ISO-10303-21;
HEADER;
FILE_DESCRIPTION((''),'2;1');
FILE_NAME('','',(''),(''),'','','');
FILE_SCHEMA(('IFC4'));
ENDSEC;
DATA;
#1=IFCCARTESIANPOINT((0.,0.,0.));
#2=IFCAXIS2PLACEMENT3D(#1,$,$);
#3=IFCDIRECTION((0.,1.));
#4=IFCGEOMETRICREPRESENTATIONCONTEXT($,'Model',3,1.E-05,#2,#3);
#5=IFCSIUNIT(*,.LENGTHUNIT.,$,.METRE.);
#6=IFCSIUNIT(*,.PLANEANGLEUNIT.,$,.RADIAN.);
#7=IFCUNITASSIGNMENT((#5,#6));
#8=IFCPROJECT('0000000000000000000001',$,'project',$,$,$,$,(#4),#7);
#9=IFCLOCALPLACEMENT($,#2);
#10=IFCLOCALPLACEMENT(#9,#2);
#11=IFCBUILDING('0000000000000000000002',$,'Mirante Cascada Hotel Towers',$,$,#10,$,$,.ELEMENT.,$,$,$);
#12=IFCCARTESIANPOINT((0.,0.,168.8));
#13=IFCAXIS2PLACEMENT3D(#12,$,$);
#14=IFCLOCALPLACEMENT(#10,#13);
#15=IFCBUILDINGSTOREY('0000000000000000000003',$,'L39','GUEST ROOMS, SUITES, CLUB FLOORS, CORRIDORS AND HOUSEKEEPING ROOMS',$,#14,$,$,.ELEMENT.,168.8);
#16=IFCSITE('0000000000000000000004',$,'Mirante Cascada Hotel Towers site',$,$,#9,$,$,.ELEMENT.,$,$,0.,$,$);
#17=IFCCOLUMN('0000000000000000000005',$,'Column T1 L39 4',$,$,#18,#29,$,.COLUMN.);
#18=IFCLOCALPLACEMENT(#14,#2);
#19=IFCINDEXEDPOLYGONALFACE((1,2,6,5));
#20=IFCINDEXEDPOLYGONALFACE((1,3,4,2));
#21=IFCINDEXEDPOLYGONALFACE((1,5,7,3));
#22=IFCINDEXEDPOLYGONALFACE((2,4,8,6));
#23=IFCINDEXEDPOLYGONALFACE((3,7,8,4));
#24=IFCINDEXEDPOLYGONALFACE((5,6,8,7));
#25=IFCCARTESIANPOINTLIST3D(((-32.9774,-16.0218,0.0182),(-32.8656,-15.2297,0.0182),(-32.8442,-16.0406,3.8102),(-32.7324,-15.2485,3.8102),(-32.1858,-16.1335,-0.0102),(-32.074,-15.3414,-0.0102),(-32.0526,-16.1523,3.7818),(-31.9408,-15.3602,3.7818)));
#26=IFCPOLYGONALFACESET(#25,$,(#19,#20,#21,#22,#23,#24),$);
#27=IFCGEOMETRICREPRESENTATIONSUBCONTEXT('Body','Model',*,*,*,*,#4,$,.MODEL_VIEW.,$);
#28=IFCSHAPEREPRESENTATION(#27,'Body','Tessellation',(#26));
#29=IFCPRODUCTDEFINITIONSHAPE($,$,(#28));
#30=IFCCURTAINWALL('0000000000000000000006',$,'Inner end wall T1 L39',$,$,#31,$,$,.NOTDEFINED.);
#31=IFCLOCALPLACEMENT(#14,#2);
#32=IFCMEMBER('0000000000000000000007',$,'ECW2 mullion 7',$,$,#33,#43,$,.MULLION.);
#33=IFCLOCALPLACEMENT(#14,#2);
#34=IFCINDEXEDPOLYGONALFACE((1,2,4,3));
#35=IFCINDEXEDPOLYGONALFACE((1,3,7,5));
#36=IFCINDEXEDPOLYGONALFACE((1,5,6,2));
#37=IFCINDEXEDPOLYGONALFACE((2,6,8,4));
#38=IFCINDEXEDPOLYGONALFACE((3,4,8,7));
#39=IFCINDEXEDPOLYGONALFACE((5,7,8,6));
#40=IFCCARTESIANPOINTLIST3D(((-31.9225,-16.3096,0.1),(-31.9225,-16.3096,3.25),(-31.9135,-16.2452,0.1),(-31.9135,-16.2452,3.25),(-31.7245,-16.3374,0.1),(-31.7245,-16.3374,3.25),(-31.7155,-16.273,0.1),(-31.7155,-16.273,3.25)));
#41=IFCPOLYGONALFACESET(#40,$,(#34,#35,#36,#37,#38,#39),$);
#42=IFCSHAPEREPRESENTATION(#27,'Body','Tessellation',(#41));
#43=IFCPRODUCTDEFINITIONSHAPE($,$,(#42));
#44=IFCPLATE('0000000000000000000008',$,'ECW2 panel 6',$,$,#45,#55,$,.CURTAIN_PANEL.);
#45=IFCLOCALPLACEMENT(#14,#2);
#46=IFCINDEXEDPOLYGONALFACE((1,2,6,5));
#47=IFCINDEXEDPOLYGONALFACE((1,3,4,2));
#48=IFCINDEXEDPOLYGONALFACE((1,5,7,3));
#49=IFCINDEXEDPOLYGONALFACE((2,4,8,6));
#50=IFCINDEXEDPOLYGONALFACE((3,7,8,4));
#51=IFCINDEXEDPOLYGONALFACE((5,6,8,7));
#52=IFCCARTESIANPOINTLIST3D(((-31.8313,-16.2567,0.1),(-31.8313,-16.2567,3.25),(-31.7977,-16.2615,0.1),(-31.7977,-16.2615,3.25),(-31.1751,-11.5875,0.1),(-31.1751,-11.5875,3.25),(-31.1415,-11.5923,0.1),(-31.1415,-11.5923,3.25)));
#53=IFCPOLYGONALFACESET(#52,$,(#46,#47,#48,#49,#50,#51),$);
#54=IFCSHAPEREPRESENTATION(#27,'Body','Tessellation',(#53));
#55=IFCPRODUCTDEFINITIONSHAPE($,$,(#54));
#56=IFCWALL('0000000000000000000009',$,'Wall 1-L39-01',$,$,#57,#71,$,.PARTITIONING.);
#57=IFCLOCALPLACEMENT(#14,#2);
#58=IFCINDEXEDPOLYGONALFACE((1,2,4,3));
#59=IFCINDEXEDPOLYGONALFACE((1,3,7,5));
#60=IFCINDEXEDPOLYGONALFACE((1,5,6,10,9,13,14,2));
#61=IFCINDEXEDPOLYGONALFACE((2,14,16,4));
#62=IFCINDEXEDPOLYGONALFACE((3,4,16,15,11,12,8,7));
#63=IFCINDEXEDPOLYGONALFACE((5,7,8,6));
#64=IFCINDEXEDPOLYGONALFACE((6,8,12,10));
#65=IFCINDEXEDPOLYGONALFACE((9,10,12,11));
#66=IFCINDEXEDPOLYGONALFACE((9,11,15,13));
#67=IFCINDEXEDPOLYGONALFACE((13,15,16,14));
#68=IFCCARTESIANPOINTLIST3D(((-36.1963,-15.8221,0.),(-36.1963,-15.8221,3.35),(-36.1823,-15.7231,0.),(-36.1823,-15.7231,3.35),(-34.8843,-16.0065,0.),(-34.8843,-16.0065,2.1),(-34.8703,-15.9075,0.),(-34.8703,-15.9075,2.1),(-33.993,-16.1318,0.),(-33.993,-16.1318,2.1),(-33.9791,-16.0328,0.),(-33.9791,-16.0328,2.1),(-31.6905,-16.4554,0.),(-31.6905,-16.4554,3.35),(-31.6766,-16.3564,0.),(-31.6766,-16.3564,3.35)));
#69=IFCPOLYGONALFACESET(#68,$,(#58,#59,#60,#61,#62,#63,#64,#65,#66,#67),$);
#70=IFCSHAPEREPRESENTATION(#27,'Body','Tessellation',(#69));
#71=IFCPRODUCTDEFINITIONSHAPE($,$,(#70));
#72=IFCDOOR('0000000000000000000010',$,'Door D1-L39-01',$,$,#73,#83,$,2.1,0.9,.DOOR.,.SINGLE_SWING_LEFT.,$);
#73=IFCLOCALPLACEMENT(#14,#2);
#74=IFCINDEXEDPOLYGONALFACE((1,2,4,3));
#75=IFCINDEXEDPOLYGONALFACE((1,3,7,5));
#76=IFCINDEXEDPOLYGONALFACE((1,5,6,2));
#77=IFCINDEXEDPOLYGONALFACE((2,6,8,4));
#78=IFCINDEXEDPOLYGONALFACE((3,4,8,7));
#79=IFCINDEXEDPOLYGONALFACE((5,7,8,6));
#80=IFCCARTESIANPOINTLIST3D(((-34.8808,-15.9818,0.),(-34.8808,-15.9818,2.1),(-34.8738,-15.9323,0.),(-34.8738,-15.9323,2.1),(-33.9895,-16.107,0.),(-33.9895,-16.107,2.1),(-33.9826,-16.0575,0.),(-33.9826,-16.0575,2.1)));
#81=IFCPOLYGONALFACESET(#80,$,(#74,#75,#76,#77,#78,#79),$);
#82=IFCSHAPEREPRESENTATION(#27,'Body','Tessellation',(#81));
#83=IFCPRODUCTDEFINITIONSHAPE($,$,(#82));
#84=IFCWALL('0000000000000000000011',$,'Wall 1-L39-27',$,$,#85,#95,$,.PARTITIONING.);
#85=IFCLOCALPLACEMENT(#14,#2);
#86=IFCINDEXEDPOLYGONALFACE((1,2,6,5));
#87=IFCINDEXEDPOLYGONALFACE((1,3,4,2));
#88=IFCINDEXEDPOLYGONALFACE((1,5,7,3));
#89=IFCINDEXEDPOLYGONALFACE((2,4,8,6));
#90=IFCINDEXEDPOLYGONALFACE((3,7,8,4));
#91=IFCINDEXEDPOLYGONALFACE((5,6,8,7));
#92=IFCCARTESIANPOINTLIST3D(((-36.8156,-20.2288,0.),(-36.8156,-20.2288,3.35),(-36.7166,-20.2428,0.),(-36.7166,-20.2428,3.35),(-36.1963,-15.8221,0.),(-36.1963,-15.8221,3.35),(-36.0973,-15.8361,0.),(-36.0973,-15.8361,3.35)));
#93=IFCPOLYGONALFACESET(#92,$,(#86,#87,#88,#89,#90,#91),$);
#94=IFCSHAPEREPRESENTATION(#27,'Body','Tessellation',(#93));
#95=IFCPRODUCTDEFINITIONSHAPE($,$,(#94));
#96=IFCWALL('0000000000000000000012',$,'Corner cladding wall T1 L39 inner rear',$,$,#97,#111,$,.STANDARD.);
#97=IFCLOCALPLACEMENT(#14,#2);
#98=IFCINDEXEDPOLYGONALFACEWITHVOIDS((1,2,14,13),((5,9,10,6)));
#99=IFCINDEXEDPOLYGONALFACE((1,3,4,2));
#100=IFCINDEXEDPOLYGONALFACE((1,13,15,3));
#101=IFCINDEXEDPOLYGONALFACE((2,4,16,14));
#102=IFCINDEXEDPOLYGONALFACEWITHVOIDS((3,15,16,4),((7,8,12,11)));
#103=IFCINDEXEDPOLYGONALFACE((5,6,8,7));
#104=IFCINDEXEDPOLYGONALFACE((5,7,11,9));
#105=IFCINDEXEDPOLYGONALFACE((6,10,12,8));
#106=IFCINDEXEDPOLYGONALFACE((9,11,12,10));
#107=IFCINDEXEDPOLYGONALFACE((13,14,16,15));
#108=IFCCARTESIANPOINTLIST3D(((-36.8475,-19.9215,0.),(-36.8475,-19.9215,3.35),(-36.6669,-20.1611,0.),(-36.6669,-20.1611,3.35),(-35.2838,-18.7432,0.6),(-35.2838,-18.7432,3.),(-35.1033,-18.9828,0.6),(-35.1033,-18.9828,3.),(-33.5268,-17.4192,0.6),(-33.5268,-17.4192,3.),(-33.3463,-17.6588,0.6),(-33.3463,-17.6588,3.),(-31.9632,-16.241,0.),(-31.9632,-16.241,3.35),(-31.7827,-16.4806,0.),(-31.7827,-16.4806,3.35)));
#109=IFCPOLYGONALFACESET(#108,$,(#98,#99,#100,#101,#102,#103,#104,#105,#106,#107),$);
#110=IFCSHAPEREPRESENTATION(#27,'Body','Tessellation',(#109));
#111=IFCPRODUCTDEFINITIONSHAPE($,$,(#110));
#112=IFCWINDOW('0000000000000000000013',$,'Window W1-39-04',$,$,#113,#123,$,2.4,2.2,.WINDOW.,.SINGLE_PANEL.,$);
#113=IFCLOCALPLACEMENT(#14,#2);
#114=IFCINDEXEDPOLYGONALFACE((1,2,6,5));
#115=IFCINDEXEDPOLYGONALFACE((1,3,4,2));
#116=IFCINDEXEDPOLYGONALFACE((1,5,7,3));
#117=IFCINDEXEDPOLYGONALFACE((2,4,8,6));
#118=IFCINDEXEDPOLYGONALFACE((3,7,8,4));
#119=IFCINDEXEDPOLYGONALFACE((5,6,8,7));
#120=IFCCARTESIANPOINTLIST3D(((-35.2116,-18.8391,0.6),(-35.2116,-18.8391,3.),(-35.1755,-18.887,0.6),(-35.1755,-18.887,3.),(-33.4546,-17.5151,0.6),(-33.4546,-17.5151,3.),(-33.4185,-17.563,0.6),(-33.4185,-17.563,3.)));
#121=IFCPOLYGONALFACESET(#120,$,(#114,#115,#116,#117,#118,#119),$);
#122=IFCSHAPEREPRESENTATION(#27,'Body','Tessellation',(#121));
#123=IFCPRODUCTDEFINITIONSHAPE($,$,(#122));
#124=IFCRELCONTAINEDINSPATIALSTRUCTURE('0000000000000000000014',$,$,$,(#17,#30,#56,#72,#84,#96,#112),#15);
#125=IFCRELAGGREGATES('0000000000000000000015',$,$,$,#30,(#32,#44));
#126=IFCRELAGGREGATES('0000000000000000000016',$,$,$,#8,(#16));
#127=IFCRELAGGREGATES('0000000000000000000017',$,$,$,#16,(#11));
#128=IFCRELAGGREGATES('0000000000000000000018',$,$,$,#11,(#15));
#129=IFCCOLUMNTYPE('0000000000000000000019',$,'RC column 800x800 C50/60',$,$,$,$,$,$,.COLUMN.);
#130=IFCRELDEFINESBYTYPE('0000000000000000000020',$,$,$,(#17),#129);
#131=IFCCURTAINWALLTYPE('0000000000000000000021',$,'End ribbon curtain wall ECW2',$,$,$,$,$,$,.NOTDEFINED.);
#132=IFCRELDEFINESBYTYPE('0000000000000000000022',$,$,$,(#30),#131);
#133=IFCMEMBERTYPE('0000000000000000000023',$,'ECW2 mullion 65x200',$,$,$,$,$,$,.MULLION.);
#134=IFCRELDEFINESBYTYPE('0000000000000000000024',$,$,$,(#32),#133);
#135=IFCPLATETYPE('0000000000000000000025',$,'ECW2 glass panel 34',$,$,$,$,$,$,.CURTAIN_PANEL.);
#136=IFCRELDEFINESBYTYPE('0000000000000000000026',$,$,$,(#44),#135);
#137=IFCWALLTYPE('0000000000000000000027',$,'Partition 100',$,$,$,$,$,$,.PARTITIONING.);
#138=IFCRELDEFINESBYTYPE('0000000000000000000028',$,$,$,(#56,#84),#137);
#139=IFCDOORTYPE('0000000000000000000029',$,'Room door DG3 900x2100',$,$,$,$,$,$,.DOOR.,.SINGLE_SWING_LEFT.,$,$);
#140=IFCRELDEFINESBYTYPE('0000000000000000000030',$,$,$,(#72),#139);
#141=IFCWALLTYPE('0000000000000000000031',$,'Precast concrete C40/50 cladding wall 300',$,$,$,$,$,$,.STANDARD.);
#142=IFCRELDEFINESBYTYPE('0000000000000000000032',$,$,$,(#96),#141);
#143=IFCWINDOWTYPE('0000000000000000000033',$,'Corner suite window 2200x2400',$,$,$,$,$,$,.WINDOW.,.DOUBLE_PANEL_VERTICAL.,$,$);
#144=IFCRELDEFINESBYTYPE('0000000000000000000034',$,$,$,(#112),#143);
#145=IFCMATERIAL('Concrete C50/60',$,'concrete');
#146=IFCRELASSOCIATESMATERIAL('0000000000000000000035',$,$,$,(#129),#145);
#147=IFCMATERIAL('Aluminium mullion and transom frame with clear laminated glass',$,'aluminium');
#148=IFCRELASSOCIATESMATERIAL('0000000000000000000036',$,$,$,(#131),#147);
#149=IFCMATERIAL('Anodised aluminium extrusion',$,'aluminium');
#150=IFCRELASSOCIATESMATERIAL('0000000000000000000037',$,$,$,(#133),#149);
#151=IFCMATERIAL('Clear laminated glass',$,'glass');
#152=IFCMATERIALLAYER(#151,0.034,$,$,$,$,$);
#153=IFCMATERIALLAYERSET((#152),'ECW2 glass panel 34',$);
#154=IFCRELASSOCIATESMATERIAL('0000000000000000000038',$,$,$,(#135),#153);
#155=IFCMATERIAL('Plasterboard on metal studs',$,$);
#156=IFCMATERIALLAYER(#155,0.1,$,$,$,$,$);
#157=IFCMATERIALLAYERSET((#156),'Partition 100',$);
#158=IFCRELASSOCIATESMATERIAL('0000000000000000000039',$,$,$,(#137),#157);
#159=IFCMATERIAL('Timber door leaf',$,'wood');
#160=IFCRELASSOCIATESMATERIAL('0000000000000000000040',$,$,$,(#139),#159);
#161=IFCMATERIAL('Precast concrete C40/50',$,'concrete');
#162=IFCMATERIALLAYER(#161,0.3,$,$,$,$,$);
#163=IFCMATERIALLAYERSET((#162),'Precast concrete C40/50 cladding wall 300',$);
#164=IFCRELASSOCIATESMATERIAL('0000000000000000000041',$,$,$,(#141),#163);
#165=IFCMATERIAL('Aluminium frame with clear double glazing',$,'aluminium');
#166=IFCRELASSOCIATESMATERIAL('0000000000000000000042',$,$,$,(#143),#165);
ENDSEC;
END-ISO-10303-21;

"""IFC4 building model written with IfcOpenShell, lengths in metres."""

from ifc_helpers import new_model, si_unit, direction, frame, frame_2d, origin, origin_2d, place, context, subcontext, project, spatial, rectangle, extrude, material, layer, layer_set, material_profile, profile_set, type_object, element, fill, aggregate, save


model = new_model("IFC4")

# Units and contexts
model_context = context("Model", 3, precision=1e-05, world=origin(), true_north=direction((0.0, 1.0)))
body_context = subcontext(model_context, "Body", "Model", "MODEL_VIEW")
ifc_project = project(units=[si_unit("LENGTHUNIT", "METRE"), si_unit("PLANEANGLEUNIT", "RADIAN")], contexts=[model_context])

# Site, building, storey
site_placement = place(None, origin())
site = spatial("IfcSite", under=ifc_project, at=site_placement, Name="Mirante Cascada Hotel Towers site", CompositionType="ELEMENT", RefElevation=0.0)
building_placement = place(site_placement, origin())
building = spatial("IfcBuilding", under=site, at=building_placement, Name="Mirante Cascada Hotel Towers", CompositionType="ELEMENT")
storey_placement = place(building_placement, frame((0.0, 0.0, 168.8)))
storey = spatial("IfcBuildingStorey", under=building, at=storey_placement, Name="L39", Description="GUEST ROOMS, SUITES, CLUB FLOORS, CORRIDORS AND HOUSEKEEPING ROOMS", CompositionType="ELEMENT", Elevation=168.8)

# Column
ifc_material_1 = material(Name="Concrete C50/60", Category="concrete")
ifc_material_profile_1 = material_profile(ifc_material_1, rectangle(XDim=0.8, YDim=0.8, at=origin_2d()), Name="RC column 800x800 C50/60")
ifc_profile_set_1 = profile_set([ifc_material_profile_1], Name="Concrete C50/60")
column_type = type_object("IfcColumnType", Name="RC column 800x800 C50/60", PredefinedType="COLUMN", material=ifc_profile_set_1)
column_placement = place(storey_placement, frame((-32.5257, -15.6816, 0.004), z_axis=(0.035104, -0.004955, 0.999371), x_axis=(0.139756, 0.990186, 0.0)))
element("IfcColumn", 1, at=column_placement, inside=storey, type_object=column_type, Name="Column T1 L39 4", PredefinedType="COLUMN", context=body_context, shape_type="SweptSolid", body=[
    extrude(rectangle(XDim=0.8, YDim=0.8, at=origin_2d()), origin(), (0.0, 0.0, 1.0), 3.7944),
])

# Curtain wall, member, plate
ifc_material_2 = material(Name="Aluminium mullion and transom frame with clear laminated glass", Category="aluminium")
curtain_wall_type = type_object("IfcCurtainWallType", Name="End ribbon curtain wall ECW2", PredefinedType="NOTDEFINED", material=ifc_material_2)
curtain_wall_placement = place(storey_placement, origin())
curtain_wall = element("IfcCurtainWall", 2, at=curtain_wall_placement, inside=storey, type_object=curtain_wall_type, Name="Inner end wall T1 L39", PredefinedType="NOTDEFINED")
ifc_material_3 = material(Name="Anodised aluminium extrusion", Category="aluminium")
ifc_material_profile_2 = material_profile(ifc_material_3, rectangle(XDim=0.2, YDim=0.065, at=origin_2d()), Name="ECW2 MULLION 65x200")
ifc_profile_set_2 = profile_set([ifc_material_profile_2], Name="Anodised aluminium extrusion")
member_type = type_object("IfcMemberType", Name="ECW2 mullion 65x200", PredefinedType="MULLION", material=ifc_profile_set_2)
member_placement = place(storey_placement, frame((-31.819, -16.2913, 0.1), z_axis=(0.0, 0.0, 1.0), x_axis=(0.990268, -0.139173, 0.0)))
member = element("IfcMember", 3, at=member_placement, type_object=member_type, Name="ECW2 mullion 7", PredefinedType="MULLION", context=body_context, shape_type="SweptSolid", body=[
    extrude(rectangle(XDim=0.2, YDim=0.065, at=origin_2d()), origin(), (0.0, 0.0, 1.0), 3.15),
])
ifc_material_4 = material(Name="Clear laminated glass", Category="glass")
ifc_layer_1 = layer(ifc_material_4, 0.034)
ifc_layer_set_1 = layer_set([ifc_layer_1], Name="ECW2 glass panel 34")
plate_type = type_object("IfcPlateType", Name="ECW2 glass panel 34", PredefinedType="CURTAIN_PANEL", material=ifc_layer_set_1)
plate_placement = place(storey_placement, frame((-31.4864, -13.9245, 0.1), z_axis=(0.0, 0.0, 1.0), x_axis=(-0.139173, -0.990268, 0.0)))
plate = element("IfcPlate", 4, at=plate_placement, type_object=plate_type, Name="ECW2 panel 6", PredefinedType="CURTAIN_PANEL", context=body_context, shape_type="SweptSolid", body=[
    extrude(rectangle(XDim=4.7151, YDim=0.034, at=origin_2d()), origin(), (0.0, 0.0, 1.0), 3.15),
])
aggregate(curtain_wall, [member, plate])

# Wall, opening, door
ifc_material_5 = material(Name="Plasterboard on metal studs")
ifc_layer_2 = layer(ifc_material_5, 0.1)
ifc_layer_set_2 = layer_set([ifc_layer_2], Name="Partition 100")
wall_type_1 = type_object("IfcWallType", Name="Partition 100", PredefinedType="PARTITIONING", material=ifc_layer_set_2)
wall_1_placement = place(storey_placement, frame((-36.1893, -15.7726, 0.0), z_axis=(0.0, 0.0, 1.0), x_axis=(0.990266, -0.139187, 0.0)))
wall_1 = element("IfcWall", 5, at=wall_1_placement, inside=storey, type_object=wall_type_1, Name="Wall 1-L39-01", PredefinedType="PARTITIONING", context=body_context, shape_type="SweptSolid", body=[
    extrude(rectangle(XDim=4.55, YDim=0.1, at=frame_2d((2.275, 0.0))), origin(), (0.0, 0.0, 1.0), 3.35),
])
opening_1_placement = place(wall_1_placement, frame((1.3249, 0.0, 0.0)))
opening_1 = element("IfcOpeningElement", 6, at=opening_1_placement, cuts=wall_1, PredefinedType="OPENING", context=body_context, shape_type="SweptSolid", body=[
    extrude(rectangle(XDim=0.9, YDim=2.1, at=frame_2d((0.45, 1.05))), frame((0.0, 0.05, 0.0), z_axis=(0.0, -1.0, 0.0), x_axis=(1.0, 0.0, 0.0)), (0.0, 0.0, 1.0), 0.1),
])
ifc_material_6 = material(Name="Timber door leaf", Category="wood")
door_type = type_object("IfcDoorType", Name="Room door DG3 900x2100", OperationType="SINGLE_SWING_LEFT", PredefinedType="DOOR", material=ifc_material_6)
door_placement = place(opening_1_placement, origin())
door = element("IfcDoor", 7, at=door_placement, inside=storey, type_object=door_type, Name="Door D1-L39-01", OperationType="SINGLE_SWING_LEFT", OverallHeight=2.1, OverallWidth=0.9, PredefinedType="DOOR", context=body_context, shape_type="SweptSolid", body=[
    extrude(rectangle(XDim=0.9, YDim=2.1, at=frame_2d((0.45, 1.05))), frame((0.0, 0.025, 0.0), z_axis=(0.0, -1.0, 0.0), x_axis=(1.0, 0.0, 0.0)), (0.0, 0.0, 1.0), 0.05),
])
fill(opening_1, door)

# Wall
wall_2_placement = place(storey_placement, frame((-36.1468, -15.8291, 0.0), z_axis=(0.0, 0.0, 1.0), x_axis=(-0.139168, -0.990269, 0.0)))
element("IfcWall", 8, at=wall_2_placement, inside=storey, type_object=wall_type_1, Name="Wall 1-L39-27", PredefinedType="PARTITIONING", context=body_context, shape_type="SweptSolid", body=[
    extrude(rectangle(XDim=4.45, YDim=0.1, at=frame_2d((2.225, 0.0))), origin(), (0.0, 0.0, 1.0), 3.35),
])

# Wall, opening, window
ifc_material_7 = material(Name="Precast concrete C40/50", Category="concrete")
ifc_layer_3 = layer(ifc_material_7, 0.3)
ifc_layer_set_3 = layer_set([ifc_layer_3], Name="Precast concrete C40/50 cladding wall 300")
wall_type_2 = type_object("IfcWallType", Name="Precast concrete C40/50 cladding wall 300", PredefinedType="STANDARD", material=ifc_layer_set_3)
wall_3_placement = place(storey_placement, frame((-31.873, -16.3608, 0.0), z_axis=(0.0, 0.0, 1.0), x_axis=(-0.798636, -0.601814, 0.0)))
wall_3 = element("IfcWall", 9, at=wall_3_placement, inside=storey, type_object=wall_type_2, Name="Corner cladding wall T1 L39 inner rear", PredefinedType="STANDARD", context=body_context, shape_type="SweptSolid", body=[
    extrude(rectangle(XDim=6.1157, YDim=0.3, at=frame_2d((3.0578, 0.0))), origin(), (0.0, 0.0, 1.0), 3.35),
])
opening_2_placement = place(wall_3_placement, frame((1.9578, 0.0, 0.6)))
opening_2 = element("IfcOpeningElement", 10, at=opening_2_placement, cuts=wall_3, PredefinedType="OPENING", context=body_context, shape_type="SweptSolid", body=[
    extrude(rectangle(XDim=2.2, YDim=2.4, at=frame_2d((1.1, 1.2))), frame((0.0, 0.15, 0.0), z_axis=(0.0, -1.0, 0.0), x_axis=(1.0, 0.0, 0.0)), (0.0, 0.0, 1.0), 0.3),
])
ifc_material_8 = material(Name="Aluminium frame with clear double glazing", Category="aluminium")
window_type = type_object("IfcWindowType", Name="Corner suite window 2200x2400", PartitioningType="DOUBLE_PANEL_VERTICAL", PredefinedType="WINDOW", material=ifc_material_8)
window_placement = place(opening_2_placement, origin())
window = element("IfcWindow", 11, at=window_placement, inside=storey, type_object=window_type, Name="Window W1-39-04", OverallHeight=2.4, OverallWidth=2.2, PartitioningType="SINGLE_PANEL", PredefinedType="WINDOW", context=body_context, shape_type="SweptSolid", body=[
    extrude(rectangle(XDim=2.2, YDim=2.4, at=frame_2d((1.1, 1.2))), frame((0.0, 0.03, 0.0), z_axis=(0.0, -1.0, 0.0), x_axis=(1.0, 0.0, 0.0)), (0.0, 0.0, 1.0), 0.06),
])
fill(opening_2, window)

save(model, "model.ifc")
